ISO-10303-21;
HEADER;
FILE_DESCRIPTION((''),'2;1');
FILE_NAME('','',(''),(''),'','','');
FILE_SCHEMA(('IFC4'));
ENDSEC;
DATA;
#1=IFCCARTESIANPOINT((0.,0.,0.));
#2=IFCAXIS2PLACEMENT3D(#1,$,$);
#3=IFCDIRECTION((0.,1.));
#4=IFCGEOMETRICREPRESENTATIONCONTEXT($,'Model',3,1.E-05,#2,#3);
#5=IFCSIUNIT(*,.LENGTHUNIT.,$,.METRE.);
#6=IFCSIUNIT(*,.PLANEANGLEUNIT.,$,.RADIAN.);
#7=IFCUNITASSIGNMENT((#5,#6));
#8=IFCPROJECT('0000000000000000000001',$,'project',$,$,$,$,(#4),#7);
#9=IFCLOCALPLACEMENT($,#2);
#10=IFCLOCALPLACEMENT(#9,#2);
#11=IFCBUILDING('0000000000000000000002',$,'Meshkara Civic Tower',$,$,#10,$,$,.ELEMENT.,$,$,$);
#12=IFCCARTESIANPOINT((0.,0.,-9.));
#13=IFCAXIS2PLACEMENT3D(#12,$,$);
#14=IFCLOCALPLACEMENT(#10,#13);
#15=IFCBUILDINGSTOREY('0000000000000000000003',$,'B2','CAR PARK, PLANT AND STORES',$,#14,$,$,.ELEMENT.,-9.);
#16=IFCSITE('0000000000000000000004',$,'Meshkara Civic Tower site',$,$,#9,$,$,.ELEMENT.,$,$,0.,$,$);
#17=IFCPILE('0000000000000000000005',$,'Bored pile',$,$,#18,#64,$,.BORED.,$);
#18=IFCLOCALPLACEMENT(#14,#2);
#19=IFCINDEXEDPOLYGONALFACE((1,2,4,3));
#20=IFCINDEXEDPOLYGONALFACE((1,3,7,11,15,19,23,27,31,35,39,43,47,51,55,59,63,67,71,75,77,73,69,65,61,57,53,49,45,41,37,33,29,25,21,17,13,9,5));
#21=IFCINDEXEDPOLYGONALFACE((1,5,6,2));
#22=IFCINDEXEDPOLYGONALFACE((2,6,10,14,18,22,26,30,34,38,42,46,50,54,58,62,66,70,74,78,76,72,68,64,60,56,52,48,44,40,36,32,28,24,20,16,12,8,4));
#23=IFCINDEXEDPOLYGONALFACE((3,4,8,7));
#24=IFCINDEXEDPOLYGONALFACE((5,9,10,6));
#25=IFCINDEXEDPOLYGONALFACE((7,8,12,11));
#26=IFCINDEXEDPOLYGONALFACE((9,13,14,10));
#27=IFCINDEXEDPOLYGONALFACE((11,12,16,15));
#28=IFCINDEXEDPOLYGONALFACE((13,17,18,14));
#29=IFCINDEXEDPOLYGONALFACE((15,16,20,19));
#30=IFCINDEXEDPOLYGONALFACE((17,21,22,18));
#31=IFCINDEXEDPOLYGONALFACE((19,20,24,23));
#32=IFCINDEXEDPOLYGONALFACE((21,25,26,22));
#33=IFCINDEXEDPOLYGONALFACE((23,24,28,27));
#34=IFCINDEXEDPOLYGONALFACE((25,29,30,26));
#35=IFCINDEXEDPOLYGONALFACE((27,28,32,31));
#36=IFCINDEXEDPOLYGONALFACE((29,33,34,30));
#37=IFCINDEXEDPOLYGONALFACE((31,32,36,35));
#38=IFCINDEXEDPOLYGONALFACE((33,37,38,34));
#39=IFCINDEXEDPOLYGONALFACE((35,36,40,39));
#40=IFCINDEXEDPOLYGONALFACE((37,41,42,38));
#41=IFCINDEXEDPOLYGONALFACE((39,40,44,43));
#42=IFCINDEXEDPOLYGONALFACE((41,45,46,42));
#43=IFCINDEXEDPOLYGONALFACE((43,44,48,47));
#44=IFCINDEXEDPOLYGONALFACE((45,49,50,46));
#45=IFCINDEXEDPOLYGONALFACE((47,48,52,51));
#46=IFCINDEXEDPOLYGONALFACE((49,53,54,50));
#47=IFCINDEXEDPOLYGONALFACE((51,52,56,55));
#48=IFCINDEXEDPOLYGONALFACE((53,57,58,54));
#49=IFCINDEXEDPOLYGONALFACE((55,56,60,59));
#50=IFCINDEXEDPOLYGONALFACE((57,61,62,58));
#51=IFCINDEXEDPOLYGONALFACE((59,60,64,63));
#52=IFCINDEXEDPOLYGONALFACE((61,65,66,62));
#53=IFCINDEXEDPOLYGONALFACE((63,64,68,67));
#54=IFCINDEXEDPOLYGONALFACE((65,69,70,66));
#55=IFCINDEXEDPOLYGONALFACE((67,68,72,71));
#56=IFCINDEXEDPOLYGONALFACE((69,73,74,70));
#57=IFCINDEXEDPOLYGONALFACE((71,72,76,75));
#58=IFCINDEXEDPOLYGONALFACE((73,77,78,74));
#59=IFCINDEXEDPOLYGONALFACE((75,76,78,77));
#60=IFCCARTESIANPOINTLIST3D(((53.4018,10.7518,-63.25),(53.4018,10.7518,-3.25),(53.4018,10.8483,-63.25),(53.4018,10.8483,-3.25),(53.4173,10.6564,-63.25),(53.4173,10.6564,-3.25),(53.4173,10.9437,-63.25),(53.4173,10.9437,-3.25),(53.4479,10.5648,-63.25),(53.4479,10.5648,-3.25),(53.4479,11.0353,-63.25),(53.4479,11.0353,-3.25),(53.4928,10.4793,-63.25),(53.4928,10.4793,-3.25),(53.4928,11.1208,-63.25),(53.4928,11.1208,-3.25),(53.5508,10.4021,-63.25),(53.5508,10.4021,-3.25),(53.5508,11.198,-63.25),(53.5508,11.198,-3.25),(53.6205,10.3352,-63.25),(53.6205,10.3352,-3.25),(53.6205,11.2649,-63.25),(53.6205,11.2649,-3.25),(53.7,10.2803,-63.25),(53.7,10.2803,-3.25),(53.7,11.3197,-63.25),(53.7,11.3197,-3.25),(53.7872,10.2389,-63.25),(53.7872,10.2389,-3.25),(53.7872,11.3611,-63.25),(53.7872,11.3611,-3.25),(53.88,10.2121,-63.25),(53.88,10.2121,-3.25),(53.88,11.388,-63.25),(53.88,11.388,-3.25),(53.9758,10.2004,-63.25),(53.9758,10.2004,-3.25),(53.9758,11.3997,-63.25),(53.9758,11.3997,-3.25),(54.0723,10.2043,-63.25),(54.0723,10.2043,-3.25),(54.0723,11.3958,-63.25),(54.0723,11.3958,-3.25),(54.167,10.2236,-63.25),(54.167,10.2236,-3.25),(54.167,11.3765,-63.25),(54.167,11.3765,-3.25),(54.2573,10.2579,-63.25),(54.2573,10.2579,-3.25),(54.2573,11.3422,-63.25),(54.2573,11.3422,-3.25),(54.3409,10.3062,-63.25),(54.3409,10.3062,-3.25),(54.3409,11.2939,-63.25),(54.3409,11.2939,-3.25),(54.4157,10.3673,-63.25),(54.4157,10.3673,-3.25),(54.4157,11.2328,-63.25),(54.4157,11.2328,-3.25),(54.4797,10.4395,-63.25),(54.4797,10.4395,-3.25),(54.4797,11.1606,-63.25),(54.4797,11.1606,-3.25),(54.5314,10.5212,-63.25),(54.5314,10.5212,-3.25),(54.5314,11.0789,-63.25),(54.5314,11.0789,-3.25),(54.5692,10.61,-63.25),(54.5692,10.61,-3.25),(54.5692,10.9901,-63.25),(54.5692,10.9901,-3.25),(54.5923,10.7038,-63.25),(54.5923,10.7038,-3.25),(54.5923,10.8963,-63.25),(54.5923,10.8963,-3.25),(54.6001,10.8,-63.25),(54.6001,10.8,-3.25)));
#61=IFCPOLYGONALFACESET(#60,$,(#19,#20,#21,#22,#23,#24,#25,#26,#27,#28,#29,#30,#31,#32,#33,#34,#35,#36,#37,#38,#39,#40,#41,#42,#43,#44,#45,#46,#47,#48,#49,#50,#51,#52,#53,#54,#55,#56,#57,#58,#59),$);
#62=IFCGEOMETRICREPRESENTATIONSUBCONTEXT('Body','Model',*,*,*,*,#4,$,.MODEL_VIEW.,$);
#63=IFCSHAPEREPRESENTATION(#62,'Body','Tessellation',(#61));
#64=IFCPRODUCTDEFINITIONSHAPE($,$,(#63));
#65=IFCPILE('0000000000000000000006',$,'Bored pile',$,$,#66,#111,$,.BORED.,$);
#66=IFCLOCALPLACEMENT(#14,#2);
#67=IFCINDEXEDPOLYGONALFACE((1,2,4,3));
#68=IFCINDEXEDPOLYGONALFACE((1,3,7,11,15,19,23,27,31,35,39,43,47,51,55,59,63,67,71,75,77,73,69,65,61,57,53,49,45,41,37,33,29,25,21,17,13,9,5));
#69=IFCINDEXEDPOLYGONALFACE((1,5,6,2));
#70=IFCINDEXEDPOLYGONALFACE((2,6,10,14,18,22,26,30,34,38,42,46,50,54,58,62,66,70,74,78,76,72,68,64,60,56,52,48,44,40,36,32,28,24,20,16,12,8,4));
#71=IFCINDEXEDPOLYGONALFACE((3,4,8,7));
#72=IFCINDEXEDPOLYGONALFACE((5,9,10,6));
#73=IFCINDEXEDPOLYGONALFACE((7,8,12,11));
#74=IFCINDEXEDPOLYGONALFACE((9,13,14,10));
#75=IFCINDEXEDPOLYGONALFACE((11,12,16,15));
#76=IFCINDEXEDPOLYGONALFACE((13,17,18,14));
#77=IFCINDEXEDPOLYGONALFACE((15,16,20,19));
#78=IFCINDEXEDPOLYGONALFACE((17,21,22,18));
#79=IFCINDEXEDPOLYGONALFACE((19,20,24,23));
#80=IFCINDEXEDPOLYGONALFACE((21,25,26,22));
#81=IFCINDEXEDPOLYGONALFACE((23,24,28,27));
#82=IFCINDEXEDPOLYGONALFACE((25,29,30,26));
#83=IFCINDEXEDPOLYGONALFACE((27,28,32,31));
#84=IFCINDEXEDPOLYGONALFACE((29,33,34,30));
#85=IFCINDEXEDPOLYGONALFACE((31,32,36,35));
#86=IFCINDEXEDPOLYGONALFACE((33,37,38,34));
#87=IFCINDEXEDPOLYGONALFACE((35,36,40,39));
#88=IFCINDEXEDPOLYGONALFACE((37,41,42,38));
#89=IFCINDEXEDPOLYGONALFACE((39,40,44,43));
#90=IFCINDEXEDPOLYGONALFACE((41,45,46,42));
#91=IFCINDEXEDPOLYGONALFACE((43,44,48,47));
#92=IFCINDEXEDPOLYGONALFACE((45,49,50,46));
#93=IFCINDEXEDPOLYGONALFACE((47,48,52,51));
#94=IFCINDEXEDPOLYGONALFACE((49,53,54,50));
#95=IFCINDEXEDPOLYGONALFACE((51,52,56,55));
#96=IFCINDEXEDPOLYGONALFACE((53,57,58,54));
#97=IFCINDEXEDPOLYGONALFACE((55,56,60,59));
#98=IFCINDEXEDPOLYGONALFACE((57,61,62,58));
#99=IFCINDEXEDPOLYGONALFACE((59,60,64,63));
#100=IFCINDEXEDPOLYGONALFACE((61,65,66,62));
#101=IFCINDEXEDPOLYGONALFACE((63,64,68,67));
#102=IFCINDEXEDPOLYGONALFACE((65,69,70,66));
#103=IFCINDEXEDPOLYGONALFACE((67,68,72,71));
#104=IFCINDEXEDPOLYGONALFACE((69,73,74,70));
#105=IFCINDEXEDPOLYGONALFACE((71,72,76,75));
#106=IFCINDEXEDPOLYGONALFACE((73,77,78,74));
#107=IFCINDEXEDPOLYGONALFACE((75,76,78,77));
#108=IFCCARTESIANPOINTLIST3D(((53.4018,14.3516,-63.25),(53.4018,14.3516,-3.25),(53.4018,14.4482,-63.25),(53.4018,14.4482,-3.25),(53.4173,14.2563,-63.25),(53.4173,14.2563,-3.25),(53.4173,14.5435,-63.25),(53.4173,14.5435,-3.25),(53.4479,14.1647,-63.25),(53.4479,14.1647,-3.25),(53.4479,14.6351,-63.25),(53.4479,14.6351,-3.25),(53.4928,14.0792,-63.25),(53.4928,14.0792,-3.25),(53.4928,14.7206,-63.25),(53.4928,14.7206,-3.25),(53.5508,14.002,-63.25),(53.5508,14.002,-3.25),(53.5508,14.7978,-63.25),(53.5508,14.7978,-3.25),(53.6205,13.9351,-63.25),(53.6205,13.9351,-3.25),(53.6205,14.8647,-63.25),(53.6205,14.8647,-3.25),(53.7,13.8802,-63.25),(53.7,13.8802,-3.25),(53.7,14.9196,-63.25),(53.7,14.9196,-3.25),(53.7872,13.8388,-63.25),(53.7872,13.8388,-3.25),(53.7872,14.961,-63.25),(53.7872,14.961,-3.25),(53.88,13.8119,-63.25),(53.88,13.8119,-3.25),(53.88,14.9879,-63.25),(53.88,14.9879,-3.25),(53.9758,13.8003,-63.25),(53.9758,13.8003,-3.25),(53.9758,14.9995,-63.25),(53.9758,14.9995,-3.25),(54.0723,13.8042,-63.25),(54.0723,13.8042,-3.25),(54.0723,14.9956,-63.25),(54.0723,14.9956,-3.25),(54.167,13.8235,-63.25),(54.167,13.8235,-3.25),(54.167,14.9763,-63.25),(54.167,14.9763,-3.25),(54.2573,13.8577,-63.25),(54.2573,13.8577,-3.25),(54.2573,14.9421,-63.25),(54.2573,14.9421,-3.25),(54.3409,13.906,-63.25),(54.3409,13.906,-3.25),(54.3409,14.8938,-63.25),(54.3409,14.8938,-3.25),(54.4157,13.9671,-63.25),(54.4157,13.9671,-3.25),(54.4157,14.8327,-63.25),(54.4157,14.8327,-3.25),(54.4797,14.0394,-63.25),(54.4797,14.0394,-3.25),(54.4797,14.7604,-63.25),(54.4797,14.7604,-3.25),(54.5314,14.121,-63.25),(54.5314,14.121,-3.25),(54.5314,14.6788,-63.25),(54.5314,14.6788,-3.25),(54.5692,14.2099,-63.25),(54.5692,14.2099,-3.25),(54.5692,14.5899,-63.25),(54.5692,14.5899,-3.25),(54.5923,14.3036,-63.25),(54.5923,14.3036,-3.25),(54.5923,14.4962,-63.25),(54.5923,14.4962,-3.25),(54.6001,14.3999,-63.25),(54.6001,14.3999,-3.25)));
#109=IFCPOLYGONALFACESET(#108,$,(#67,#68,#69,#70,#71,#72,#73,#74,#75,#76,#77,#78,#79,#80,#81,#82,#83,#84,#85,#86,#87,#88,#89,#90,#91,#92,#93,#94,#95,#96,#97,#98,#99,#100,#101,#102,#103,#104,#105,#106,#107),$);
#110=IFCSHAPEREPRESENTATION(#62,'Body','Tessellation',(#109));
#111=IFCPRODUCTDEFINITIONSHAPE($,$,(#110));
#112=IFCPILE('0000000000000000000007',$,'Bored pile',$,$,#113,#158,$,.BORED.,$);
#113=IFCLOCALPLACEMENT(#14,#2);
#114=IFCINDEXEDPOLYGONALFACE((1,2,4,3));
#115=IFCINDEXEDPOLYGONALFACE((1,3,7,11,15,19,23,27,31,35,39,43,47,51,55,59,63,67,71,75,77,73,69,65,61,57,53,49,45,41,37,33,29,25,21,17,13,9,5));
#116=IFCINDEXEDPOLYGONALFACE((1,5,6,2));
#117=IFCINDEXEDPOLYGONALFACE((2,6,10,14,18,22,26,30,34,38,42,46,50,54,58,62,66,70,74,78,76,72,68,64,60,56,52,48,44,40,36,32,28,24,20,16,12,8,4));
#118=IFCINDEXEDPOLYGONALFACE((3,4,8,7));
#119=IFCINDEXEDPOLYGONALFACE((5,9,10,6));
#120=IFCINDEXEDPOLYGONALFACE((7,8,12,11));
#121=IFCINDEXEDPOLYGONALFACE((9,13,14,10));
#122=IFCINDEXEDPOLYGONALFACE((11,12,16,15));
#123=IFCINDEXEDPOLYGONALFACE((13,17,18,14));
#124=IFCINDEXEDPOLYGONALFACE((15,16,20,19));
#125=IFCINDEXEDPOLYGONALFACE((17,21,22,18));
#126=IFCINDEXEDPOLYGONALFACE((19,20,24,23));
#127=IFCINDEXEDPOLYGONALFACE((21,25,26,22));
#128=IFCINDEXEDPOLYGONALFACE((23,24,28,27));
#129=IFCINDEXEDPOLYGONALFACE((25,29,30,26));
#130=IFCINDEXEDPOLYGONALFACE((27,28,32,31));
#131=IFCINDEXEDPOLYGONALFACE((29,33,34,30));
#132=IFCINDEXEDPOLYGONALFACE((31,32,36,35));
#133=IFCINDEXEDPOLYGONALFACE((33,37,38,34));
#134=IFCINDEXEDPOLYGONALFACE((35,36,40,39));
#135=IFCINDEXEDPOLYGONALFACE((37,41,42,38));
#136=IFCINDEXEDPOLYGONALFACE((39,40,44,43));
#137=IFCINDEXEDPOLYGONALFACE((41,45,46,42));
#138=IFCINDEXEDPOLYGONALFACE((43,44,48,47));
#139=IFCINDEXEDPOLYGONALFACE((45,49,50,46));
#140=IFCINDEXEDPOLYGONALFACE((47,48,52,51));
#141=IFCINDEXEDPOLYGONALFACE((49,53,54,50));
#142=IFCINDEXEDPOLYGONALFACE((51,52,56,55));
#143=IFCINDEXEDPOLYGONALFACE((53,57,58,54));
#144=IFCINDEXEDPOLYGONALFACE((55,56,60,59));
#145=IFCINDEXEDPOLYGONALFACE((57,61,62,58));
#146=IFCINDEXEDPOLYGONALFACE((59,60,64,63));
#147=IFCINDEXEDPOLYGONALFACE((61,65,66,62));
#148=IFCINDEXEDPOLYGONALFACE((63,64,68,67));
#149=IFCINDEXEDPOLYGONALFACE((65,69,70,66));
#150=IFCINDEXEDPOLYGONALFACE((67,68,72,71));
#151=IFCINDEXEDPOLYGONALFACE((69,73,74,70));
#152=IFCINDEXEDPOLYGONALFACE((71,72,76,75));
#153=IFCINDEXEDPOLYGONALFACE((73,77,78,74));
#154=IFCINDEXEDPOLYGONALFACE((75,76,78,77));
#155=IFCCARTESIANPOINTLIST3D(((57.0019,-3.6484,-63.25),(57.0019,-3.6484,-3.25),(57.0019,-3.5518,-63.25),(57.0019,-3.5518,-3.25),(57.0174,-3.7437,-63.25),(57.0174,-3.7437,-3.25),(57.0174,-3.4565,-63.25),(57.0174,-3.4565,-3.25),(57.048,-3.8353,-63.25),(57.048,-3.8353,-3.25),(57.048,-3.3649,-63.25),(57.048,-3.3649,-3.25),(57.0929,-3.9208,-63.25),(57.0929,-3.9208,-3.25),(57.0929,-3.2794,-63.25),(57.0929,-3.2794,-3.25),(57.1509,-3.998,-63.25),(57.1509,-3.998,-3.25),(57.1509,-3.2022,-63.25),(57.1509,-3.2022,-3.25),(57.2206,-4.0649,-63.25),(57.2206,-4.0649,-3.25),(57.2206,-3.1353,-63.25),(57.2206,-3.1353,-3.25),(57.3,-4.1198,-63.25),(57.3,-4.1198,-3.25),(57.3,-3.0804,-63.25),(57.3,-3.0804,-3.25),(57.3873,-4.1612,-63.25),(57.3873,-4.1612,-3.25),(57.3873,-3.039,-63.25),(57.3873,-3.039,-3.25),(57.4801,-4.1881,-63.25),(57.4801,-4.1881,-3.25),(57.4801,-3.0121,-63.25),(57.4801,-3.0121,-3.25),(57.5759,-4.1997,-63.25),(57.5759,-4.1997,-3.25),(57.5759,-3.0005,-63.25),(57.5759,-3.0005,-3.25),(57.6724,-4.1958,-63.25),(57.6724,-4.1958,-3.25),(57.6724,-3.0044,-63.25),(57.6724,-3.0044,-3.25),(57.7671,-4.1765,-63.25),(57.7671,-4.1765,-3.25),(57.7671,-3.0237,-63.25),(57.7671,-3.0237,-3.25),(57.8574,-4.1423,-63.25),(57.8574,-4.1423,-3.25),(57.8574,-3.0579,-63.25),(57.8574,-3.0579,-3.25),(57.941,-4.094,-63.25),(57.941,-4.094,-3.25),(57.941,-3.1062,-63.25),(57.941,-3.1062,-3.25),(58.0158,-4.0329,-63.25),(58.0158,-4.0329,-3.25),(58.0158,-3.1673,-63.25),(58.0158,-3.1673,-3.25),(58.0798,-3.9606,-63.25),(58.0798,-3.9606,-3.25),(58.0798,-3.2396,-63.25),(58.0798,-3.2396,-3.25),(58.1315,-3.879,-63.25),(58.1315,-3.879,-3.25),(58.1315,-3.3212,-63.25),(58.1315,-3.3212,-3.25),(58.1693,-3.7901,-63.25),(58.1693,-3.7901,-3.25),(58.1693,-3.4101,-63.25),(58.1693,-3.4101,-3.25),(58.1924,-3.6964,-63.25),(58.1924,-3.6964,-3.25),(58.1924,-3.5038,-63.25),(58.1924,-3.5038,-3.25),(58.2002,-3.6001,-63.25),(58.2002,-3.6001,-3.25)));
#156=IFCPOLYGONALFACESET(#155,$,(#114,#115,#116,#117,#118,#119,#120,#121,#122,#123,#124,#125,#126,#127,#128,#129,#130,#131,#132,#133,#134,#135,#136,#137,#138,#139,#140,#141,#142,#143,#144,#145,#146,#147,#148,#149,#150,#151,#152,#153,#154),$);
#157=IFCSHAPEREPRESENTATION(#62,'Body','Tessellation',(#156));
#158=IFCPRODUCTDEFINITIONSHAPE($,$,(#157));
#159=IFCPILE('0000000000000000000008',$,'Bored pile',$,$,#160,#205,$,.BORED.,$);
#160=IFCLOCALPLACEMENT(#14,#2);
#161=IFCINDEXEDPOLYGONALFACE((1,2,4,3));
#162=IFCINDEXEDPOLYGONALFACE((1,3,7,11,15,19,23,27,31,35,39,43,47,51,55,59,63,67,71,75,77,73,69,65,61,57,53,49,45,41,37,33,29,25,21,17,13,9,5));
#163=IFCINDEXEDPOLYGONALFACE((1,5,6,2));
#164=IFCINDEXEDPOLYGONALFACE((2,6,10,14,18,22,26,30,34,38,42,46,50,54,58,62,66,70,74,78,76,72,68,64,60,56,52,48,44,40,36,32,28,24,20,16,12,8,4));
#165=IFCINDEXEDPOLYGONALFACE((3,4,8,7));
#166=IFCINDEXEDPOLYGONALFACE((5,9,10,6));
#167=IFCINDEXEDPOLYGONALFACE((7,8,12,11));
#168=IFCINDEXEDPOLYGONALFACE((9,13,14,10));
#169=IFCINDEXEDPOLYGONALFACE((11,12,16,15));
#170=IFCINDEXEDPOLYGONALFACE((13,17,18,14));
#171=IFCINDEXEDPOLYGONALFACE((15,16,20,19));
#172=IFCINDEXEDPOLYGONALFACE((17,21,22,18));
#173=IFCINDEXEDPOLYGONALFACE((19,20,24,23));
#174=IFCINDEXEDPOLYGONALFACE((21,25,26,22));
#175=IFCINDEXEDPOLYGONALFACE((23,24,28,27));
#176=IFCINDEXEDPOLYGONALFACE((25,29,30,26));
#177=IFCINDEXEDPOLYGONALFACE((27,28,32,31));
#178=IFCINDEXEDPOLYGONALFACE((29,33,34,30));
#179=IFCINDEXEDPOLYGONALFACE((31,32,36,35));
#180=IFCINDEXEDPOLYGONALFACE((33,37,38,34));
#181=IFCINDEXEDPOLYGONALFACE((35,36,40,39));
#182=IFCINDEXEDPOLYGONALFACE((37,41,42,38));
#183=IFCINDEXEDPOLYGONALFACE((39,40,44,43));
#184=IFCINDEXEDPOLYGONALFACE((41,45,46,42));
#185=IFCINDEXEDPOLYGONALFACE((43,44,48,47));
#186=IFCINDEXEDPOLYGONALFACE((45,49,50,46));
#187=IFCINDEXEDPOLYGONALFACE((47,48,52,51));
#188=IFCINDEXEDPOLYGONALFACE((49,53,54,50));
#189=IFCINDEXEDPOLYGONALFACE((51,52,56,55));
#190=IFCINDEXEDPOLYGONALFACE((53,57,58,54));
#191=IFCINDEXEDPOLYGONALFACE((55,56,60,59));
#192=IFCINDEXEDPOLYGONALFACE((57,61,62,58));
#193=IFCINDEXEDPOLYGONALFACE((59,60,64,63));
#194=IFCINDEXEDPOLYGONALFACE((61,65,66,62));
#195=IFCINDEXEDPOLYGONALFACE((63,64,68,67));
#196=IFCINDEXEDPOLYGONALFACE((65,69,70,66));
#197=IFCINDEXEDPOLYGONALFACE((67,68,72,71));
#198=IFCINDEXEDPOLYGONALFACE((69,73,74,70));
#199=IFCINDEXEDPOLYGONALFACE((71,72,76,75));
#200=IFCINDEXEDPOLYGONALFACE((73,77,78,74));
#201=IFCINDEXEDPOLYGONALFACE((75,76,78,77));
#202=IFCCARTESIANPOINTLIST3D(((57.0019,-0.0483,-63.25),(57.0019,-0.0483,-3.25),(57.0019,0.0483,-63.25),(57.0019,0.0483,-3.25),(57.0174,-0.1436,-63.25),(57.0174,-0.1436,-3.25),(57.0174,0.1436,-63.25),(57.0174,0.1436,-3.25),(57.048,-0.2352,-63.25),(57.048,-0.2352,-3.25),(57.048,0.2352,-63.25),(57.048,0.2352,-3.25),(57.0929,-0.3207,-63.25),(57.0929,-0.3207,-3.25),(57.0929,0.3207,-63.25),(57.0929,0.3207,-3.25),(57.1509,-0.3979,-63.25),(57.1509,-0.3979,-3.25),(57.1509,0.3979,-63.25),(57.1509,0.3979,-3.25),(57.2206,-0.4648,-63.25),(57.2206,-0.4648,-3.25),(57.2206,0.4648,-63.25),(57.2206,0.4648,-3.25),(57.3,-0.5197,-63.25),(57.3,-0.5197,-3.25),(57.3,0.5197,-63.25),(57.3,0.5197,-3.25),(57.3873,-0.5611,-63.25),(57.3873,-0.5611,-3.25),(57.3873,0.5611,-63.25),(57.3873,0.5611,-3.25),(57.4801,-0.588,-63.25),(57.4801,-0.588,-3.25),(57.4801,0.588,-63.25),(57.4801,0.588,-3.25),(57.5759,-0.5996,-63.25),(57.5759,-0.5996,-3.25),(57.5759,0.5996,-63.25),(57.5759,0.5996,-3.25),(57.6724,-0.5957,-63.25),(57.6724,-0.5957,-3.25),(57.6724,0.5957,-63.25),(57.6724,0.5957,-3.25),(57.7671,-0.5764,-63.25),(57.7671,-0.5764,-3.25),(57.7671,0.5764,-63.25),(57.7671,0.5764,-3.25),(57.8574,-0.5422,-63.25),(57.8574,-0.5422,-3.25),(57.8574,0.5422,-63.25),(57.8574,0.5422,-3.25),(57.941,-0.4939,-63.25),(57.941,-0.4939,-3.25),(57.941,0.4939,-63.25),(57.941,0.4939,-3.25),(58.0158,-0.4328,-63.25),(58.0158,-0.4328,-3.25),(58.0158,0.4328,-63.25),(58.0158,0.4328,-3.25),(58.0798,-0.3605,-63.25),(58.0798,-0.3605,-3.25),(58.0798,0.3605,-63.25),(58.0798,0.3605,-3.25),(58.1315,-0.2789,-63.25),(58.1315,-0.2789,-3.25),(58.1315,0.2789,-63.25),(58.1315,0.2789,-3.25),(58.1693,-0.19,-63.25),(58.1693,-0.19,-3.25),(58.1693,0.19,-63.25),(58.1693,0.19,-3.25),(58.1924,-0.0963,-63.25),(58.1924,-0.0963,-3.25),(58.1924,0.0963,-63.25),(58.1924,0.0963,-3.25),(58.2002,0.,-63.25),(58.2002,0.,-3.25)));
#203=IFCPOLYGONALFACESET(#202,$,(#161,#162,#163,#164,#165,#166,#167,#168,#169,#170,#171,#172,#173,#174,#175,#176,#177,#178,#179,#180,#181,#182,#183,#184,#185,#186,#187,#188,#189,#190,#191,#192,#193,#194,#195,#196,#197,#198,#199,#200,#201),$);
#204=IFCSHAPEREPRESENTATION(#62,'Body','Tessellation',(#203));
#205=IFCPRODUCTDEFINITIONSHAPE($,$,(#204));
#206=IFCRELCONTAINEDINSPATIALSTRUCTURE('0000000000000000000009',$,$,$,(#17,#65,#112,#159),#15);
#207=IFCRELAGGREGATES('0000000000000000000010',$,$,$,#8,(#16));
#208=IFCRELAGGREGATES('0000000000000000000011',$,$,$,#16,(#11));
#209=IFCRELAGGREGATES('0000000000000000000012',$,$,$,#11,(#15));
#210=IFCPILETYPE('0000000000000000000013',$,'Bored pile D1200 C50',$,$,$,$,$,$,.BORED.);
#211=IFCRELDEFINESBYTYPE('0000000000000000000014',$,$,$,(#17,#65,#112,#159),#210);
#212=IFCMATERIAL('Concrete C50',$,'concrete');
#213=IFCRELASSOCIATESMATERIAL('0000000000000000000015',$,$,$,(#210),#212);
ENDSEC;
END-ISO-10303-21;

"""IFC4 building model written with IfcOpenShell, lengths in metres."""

from ifc_helpers import new_model, si_unit, direction, frame, origin, origin_2d, place, context, subcontext, project, spatial, circle, extrude, material, material_profile, profile_set, type_object, element, save


model = new_model("IFC4")

# Units and contexts
model_context = context("Model", 3, precision=1e-05, world=origin(), true_north=direction((0.0, 1.0)))
body_context = subcontext(model_context, "Body", "Model", "MODEL_VIEW")
ifc_project = project(units=[si_unit("LENGTHUNIT", "METRE"), si_unit("PLANEANGLEUNIT", "RADIAN")], contexts=[model_context])

# Site, building, storey
site_placement = place(None, origin())
site = spatial("IfcSite", under=ifc_project, at=site_placement, Name="Meshkara Civic Tower site", CompositionType="ELEMENT", RefElevation=0.0)
building_placement = place(site_placement, origin())
building = spatial("IfcBuilding", under=site, at=building_placement, Name="Meshkara Civic Tower", CompositionType="ELEMENT")
storey_placement = place(building_placement, frame((0.0, 0.0, -9.0)))
storey = spatial("IfcBuildingStorey", under=building, at=storey_placement, Name="B2", Description="CAR PARK, PLANT AND STORES", CompositionType="ELEMENT", Elevation=-9.0)

# Piles
ifc_material_1 = material(Name="Concrete C50", Category="concrete")
ifc_material_profile_1 = material_profile(ifc_material_1, circle(Radius=0.6001, at=origin_2d()))
ifc_profile_set_1 = profile_set([ifc_material_profile_1], Name="Concrete C50")
pile_type = type_object("IfcPileType", Name="Bored pile D1200 C50", PredefinedType="BORED", material=ifc_profile_set_1)
for number, where, z_axis, x_axis, name in (
    (1, (54.0, 10.8, -3.25), (0.0, 0.0, -1.0), (1.0, 0.0, 0.0), "Bored pile"),
    (2, (54.0, 14.3999, -3.25), (0.0, 0.0, -1.0), (1.0, 0.0, 0.0), "Bored pile"),
    (3, (57.6001, -3.6001, -3.25), (0.0, 0.0, -1.0), (1.0, 0.0, 0.0), "Bored pile"),
    (4, (57.6001, 0.0, -3.25), (0.0, 0.0, -1.0), (1.0, 0.0, 0.0), "Bored pile"),
):
    element("IfcPile", number, at=place(storey_placement, frame(where, z_axis=z_axis, x_axis=x_axis)), inside=storey, type_object=pile_type, Name=name, PredefinedType="BORED", context=body_context, shape_type="SweptSolid", body=[
        extrude(circle(Radius=0.6001, at=origin_2d()), origin(), (0.0, 0.0, 1.0), 60.0),
    ])

save(model, "model.ifc")
